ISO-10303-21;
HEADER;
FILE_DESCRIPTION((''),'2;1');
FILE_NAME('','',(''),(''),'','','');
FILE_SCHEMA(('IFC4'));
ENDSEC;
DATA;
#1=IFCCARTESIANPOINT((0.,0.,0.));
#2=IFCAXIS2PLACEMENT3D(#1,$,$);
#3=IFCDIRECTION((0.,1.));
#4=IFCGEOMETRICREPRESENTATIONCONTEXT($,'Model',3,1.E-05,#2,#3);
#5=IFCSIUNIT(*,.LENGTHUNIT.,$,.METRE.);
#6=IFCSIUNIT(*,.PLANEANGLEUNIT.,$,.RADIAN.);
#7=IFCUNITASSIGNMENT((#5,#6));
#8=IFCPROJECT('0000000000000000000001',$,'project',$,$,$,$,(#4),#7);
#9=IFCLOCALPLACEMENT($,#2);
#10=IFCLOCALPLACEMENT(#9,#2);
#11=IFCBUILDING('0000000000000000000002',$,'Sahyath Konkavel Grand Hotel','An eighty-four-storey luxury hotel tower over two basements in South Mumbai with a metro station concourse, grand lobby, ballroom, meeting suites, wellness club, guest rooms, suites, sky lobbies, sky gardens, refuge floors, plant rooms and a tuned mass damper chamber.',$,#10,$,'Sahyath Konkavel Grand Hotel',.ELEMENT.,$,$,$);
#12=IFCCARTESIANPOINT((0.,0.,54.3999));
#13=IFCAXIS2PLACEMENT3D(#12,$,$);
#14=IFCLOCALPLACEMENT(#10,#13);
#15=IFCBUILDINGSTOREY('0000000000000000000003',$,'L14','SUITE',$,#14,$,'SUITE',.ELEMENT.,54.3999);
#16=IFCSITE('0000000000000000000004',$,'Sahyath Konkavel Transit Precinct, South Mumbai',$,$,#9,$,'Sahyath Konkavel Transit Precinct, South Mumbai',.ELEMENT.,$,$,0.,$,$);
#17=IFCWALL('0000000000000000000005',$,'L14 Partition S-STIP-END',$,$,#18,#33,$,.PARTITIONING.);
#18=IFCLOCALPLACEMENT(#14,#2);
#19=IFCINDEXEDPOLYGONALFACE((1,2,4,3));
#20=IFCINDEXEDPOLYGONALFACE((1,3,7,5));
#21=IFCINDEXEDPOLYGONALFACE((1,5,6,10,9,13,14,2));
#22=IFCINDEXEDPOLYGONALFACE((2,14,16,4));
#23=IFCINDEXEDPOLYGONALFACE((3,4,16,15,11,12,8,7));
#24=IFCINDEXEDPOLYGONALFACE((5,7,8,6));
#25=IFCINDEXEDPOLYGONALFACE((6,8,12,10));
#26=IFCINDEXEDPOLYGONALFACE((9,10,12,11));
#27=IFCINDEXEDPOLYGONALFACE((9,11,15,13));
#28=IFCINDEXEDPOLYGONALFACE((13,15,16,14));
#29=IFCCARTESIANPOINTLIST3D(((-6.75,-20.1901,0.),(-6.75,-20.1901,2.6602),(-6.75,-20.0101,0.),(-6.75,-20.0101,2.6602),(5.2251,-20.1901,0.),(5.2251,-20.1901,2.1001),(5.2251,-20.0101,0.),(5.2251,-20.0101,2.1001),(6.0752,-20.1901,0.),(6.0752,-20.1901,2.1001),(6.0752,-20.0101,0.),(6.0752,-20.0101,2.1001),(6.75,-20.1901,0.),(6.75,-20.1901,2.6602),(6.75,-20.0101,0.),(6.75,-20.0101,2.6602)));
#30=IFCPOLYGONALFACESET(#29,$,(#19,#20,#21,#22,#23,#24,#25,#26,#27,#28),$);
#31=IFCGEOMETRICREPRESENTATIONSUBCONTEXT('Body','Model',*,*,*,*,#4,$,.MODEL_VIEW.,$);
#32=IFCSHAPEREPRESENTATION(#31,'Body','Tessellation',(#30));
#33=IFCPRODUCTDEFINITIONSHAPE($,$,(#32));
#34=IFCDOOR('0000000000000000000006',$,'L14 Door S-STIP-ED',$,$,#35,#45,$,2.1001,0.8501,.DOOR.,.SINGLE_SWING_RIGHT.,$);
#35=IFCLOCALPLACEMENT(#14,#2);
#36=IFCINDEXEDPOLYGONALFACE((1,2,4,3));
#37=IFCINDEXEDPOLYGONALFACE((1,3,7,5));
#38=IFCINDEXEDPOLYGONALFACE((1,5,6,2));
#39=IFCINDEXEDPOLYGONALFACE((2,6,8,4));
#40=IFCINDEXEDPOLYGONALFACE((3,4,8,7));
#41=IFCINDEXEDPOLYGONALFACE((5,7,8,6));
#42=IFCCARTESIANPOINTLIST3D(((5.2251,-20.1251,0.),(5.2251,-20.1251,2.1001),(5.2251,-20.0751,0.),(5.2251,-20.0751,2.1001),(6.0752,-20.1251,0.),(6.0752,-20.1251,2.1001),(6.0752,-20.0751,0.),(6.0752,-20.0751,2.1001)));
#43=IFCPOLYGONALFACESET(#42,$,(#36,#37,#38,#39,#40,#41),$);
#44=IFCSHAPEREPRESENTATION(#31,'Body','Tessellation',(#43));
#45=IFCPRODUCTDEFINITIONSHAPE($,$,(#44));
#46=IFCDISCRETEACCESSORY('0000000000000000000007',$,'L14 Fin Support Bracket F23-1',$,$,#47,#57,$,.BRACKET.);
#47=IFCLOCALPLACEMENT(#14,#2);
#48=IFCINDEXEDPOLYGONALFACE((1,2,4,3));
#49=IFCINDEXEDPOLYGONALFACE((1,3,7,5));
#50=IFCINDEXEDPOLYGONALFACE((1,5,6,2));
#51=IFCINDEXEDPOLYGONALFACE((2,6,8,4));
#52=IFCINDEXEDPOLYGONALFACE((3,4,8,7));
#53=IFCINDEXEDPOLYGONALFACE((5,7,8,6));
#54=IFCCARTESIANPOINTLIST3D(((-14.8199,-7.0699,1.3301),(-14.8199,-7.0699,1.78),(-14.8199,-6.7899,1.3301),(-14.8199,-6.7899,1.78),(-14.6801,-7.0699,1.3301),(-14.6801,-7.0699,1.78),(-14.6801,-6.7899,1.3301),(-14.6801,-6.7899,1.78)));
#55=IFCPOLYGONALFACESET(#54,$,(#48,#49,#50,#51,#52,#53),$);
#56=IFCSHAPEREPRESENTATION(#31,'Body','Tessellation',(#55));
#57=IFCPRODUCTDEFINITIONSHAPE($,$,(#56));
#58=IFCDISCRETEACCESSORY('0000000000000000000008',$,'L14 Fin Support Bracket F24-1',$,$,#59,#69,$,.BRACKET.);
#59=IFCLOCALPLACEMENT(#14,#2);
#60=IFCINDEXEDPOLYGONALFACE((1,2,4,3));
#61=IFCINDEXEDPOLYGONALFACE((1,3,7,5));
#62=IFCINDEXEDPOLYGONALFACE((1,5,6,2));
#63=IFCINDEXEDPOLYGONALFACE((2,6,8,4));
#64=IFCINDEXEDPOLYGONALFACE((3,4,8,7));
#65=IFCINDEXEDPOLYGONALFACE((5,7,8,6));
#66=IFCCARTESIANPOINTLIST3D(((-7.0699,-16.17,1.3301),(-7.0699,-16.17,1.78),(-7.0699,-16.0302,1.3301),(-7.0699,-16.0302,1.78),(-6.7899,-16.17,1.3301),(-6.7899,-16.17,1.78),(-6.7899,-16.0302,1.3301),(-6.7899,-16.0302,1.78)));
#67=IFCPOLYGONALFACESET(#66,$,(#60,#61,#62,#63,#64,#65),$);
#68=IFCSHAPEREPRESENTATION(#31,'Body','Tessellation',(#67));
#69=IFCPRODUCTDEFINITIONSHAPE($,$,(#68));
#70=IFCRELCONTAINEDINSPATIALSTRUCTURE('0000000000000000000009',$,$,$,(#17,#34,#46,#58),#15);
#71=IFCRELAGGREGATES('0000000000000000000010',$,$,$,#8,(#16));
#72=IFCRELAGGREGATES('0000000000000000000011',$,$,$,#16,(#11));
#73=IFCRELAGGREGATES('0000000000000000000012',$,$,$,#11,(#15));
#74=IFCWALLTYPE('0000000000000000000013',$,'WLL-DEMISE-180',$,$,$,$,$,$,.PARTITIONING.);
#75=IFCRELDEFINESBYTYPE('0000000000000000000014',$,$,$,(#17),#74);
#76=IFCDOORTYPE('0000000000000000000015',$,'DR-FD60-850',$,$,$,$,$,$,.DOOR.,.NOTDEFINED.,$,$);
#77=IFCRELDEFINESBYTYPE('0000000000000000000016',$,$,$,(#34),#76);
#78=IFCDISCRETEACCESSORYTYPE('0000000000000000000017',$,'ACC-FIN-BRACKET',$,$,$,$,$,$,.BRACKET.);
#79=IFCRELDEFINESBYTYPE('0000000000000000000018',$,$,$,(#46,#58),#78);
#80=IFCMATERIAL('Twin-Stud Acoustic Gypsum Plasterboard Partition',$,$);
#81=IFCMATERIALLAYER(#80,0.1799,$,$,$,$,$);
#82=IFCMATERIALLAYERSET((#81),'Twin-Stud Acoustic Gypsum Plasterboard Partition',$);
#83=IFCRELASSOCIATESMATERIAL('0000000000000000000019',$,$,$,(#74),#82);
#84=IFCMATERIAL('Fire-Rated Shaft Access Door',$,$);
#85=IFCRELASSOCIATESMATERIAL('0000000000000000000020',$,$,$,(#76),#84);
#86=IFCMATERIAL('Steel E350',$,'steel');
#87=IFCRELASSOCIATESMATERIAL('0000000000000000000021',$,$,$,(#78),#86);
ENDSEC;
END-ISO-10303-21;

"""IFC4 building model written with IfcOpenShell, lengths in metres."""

from ifc_helpers import new_model, si_unit, direction, frame, frame_2d, origin, origin_2d, place, context, subcontext, project, spatial, rectangle, extrude, source, transform, mapped, material, layer, layer_set, type_object, element, fill, save


model = new_model("IFC4")

# Units and contexts
model_context = context("Model", 3, precision=1e-05, world=origin(), true_north=direction((0.0, 1.0)))
body_context = subcontext(model_context, "Body", "Model", "MODEL_VIEW")
ifc_project = project(units=[si_unit("LENGTHUNIT", "METRE"), si_unit("PLANEANGLEUNIT", "RADIAN")], contexts=[model_context])

# Site, building, storey
site_placement = place(None, origin())
site = spatial("IfcSite", under=ifc_project, at=site_placement, Name="Sahyath Konkavel Transit Precinct, South Mumbai", LongName="Sahyath Konkavel Transit Precinct, South Mumbai", CompositionType="ELEMENT", RefElevation=0.0)
building_placement = place(site_placement, origin())
building = spatial("IfcBuilding", under=site, at=building_placement, Name="Sahyath Konkavel Grand Hotel", Description="An eighty-four-storey luxury hotel tower over two basements in South Mumbai with a metro station concourse, grand lobby, ballroom, meeting suites, wellness club, guest rooms, suites, sky lobbies, sky gardens, refuge floors, plant rooms and a tuned mass damper chamber.", LongName="Sahyath Konkavel Grand Hotel", CompositionType="ELEMENT")
storey_placement = place(building_placement, frame((0.0, 0.0, 54.3999)))
storey = spatial("IfcBuildingStorey", under=building, at=storey_placement, Name="L14", Description="SUITE", LongName="SUITE", CompositionType="ELEMENT", Elevation=54.3999)

# Shared definitions
ifc_material_1 = material(Name="Steel E350", Category="steel")

# Shared definitions
ifc_material_2 = material(Name="Twin-Stud Acoustic Gypsum Plasterboard Partition")
ifc_layer_1 = layer(ifc_material_2, 0.1799)
ifc_layer_set_1 = layer_set([ifc_layer_1], Name="Twin-Stud Acoustic Gypsum Plasterboard Partition")
wall_type_1 = type_object("IfcWallType", Name="WLL-DEMISE-180", PredefinedType="PARTITIONING", material=ifc_layer_set_1)

# Wall, opening, door
wall_1_placement = place(storey_placement, frame((-6.75, -20.1001, 0.0), z_axis=(0.0, 0.0, 1.0), x_axis=(1.0, 0.0, 0.0)))
wall_1 = element("IfcWall", 1, at=wall_1_placement, inside=storey, type_object=wall_type_1, Name="L14 Partition S-STIP-END", PredefinedType="PARTITIONING", context=body_context, shape_type="SweptSolid", body=[
    extrude(rectangle(XDim=13.5, YDim=0.1799, at=frame_2d((6.75, 0.0))), origin(), (0.0, 0.0, 1.0), 2.6602),
])
opening_placement = place(wall_1_placement, frame((11.9751, 0.0, 0.0)))
opening = element("IfcOpeningElement", 2, at=opening_placement, cuts=wall_1, PredefinedType="OPENING", context=body_context, shape_type="SweptSolid", body=[
    extrude(rectangle(XDim=0.8501, YDim=2.1001, at=frame_2d((0.425, 1.05))), frame((0.0, 0.1001, 0.0), z_axis=(0.0, -1.0, 0.0), x_axis=(1.0, 0.0, 0.0)), (0.0, 0.0, 1.0), 0.2),
])
ifc_material_3 = material(Name="Fire-Rated Shaft Access Door")
door_type = type_object("IfcDoorType", Name="DR-FD60-850", OperationType="NOTDEFINED", PredefinedType="DOOR", material=ifc_material_3)
shared_shape_1 = source(origin(), body_context, "Body", "SweptSolid", [
    extrude(rectangle(XDim=0.8501, YDim=0.05, at=origin_2d()), origin(), (0.0, 0.0, 1.0), 2.1001),
])
door_placement = place(opening_placement, frame((0.425, 0.0, 0.0)))
door = element("IfcDoor", 3, at=door_placement, inside=storey, type_object=door_type, Name="L14 Door S-STIP-ED", OperationType="SINGLE_SWING_RIGHT", OverallHeight=2.1001, OverallWidth=0.8501, PredefinedType="DOOR", context=body_context, shape_type="MappedRepresentation", body=[
    mapped(shared_shape_1, transform((0.0, 0.0, 0.0), scale=1.0)),
])
fill(opening, door)

# Discrete accessories
discrete_accessory_type = type_object("IfcDiscreteAccessoryType", Name="ACC-FIN-BRACKET", PredefinedType="BRACKET", material=ifc_material_1)
shared_shape_2 = source(origin(), body_context, "Body", "SweptSolid", [
    extrude(rectangle(XDim=0.28, YDim=0.1399, at=origin_2d()), origin(), (0.0, 0.0, 1.0), 0.45),
])
for number, where, z_axis, x_axis, name in (
    (4, (-14.75, -6.9299, 1.3301), (0.0, 0.0, 1.0), (0.0, -1.0, 0.0), "L14 Fin Support Bracket F23-1"),
    (5, (-6.9299, -16.1001, 1.3301), (0.0, 0.0, 1.0), (-1.0, 0.0, 0.0), "L14 Fin Support Bracket F24-1"),
):
    element("IfcDiscreteAccessory", number, at=place(storey_placement, frame(where, z_axis=z_axis, x_axis=x_axis)), inside=storey, type_object=discrete_accessory_type, Name=name, PredefinedType="BRACKET", context=body_context, shape_type="MappedRepresentation", body=[
        mapped(shared_shape_2, transform((0.0, 0.0, 0.0), scale=1.0)),
    ])

save(model, "model.ifc")
